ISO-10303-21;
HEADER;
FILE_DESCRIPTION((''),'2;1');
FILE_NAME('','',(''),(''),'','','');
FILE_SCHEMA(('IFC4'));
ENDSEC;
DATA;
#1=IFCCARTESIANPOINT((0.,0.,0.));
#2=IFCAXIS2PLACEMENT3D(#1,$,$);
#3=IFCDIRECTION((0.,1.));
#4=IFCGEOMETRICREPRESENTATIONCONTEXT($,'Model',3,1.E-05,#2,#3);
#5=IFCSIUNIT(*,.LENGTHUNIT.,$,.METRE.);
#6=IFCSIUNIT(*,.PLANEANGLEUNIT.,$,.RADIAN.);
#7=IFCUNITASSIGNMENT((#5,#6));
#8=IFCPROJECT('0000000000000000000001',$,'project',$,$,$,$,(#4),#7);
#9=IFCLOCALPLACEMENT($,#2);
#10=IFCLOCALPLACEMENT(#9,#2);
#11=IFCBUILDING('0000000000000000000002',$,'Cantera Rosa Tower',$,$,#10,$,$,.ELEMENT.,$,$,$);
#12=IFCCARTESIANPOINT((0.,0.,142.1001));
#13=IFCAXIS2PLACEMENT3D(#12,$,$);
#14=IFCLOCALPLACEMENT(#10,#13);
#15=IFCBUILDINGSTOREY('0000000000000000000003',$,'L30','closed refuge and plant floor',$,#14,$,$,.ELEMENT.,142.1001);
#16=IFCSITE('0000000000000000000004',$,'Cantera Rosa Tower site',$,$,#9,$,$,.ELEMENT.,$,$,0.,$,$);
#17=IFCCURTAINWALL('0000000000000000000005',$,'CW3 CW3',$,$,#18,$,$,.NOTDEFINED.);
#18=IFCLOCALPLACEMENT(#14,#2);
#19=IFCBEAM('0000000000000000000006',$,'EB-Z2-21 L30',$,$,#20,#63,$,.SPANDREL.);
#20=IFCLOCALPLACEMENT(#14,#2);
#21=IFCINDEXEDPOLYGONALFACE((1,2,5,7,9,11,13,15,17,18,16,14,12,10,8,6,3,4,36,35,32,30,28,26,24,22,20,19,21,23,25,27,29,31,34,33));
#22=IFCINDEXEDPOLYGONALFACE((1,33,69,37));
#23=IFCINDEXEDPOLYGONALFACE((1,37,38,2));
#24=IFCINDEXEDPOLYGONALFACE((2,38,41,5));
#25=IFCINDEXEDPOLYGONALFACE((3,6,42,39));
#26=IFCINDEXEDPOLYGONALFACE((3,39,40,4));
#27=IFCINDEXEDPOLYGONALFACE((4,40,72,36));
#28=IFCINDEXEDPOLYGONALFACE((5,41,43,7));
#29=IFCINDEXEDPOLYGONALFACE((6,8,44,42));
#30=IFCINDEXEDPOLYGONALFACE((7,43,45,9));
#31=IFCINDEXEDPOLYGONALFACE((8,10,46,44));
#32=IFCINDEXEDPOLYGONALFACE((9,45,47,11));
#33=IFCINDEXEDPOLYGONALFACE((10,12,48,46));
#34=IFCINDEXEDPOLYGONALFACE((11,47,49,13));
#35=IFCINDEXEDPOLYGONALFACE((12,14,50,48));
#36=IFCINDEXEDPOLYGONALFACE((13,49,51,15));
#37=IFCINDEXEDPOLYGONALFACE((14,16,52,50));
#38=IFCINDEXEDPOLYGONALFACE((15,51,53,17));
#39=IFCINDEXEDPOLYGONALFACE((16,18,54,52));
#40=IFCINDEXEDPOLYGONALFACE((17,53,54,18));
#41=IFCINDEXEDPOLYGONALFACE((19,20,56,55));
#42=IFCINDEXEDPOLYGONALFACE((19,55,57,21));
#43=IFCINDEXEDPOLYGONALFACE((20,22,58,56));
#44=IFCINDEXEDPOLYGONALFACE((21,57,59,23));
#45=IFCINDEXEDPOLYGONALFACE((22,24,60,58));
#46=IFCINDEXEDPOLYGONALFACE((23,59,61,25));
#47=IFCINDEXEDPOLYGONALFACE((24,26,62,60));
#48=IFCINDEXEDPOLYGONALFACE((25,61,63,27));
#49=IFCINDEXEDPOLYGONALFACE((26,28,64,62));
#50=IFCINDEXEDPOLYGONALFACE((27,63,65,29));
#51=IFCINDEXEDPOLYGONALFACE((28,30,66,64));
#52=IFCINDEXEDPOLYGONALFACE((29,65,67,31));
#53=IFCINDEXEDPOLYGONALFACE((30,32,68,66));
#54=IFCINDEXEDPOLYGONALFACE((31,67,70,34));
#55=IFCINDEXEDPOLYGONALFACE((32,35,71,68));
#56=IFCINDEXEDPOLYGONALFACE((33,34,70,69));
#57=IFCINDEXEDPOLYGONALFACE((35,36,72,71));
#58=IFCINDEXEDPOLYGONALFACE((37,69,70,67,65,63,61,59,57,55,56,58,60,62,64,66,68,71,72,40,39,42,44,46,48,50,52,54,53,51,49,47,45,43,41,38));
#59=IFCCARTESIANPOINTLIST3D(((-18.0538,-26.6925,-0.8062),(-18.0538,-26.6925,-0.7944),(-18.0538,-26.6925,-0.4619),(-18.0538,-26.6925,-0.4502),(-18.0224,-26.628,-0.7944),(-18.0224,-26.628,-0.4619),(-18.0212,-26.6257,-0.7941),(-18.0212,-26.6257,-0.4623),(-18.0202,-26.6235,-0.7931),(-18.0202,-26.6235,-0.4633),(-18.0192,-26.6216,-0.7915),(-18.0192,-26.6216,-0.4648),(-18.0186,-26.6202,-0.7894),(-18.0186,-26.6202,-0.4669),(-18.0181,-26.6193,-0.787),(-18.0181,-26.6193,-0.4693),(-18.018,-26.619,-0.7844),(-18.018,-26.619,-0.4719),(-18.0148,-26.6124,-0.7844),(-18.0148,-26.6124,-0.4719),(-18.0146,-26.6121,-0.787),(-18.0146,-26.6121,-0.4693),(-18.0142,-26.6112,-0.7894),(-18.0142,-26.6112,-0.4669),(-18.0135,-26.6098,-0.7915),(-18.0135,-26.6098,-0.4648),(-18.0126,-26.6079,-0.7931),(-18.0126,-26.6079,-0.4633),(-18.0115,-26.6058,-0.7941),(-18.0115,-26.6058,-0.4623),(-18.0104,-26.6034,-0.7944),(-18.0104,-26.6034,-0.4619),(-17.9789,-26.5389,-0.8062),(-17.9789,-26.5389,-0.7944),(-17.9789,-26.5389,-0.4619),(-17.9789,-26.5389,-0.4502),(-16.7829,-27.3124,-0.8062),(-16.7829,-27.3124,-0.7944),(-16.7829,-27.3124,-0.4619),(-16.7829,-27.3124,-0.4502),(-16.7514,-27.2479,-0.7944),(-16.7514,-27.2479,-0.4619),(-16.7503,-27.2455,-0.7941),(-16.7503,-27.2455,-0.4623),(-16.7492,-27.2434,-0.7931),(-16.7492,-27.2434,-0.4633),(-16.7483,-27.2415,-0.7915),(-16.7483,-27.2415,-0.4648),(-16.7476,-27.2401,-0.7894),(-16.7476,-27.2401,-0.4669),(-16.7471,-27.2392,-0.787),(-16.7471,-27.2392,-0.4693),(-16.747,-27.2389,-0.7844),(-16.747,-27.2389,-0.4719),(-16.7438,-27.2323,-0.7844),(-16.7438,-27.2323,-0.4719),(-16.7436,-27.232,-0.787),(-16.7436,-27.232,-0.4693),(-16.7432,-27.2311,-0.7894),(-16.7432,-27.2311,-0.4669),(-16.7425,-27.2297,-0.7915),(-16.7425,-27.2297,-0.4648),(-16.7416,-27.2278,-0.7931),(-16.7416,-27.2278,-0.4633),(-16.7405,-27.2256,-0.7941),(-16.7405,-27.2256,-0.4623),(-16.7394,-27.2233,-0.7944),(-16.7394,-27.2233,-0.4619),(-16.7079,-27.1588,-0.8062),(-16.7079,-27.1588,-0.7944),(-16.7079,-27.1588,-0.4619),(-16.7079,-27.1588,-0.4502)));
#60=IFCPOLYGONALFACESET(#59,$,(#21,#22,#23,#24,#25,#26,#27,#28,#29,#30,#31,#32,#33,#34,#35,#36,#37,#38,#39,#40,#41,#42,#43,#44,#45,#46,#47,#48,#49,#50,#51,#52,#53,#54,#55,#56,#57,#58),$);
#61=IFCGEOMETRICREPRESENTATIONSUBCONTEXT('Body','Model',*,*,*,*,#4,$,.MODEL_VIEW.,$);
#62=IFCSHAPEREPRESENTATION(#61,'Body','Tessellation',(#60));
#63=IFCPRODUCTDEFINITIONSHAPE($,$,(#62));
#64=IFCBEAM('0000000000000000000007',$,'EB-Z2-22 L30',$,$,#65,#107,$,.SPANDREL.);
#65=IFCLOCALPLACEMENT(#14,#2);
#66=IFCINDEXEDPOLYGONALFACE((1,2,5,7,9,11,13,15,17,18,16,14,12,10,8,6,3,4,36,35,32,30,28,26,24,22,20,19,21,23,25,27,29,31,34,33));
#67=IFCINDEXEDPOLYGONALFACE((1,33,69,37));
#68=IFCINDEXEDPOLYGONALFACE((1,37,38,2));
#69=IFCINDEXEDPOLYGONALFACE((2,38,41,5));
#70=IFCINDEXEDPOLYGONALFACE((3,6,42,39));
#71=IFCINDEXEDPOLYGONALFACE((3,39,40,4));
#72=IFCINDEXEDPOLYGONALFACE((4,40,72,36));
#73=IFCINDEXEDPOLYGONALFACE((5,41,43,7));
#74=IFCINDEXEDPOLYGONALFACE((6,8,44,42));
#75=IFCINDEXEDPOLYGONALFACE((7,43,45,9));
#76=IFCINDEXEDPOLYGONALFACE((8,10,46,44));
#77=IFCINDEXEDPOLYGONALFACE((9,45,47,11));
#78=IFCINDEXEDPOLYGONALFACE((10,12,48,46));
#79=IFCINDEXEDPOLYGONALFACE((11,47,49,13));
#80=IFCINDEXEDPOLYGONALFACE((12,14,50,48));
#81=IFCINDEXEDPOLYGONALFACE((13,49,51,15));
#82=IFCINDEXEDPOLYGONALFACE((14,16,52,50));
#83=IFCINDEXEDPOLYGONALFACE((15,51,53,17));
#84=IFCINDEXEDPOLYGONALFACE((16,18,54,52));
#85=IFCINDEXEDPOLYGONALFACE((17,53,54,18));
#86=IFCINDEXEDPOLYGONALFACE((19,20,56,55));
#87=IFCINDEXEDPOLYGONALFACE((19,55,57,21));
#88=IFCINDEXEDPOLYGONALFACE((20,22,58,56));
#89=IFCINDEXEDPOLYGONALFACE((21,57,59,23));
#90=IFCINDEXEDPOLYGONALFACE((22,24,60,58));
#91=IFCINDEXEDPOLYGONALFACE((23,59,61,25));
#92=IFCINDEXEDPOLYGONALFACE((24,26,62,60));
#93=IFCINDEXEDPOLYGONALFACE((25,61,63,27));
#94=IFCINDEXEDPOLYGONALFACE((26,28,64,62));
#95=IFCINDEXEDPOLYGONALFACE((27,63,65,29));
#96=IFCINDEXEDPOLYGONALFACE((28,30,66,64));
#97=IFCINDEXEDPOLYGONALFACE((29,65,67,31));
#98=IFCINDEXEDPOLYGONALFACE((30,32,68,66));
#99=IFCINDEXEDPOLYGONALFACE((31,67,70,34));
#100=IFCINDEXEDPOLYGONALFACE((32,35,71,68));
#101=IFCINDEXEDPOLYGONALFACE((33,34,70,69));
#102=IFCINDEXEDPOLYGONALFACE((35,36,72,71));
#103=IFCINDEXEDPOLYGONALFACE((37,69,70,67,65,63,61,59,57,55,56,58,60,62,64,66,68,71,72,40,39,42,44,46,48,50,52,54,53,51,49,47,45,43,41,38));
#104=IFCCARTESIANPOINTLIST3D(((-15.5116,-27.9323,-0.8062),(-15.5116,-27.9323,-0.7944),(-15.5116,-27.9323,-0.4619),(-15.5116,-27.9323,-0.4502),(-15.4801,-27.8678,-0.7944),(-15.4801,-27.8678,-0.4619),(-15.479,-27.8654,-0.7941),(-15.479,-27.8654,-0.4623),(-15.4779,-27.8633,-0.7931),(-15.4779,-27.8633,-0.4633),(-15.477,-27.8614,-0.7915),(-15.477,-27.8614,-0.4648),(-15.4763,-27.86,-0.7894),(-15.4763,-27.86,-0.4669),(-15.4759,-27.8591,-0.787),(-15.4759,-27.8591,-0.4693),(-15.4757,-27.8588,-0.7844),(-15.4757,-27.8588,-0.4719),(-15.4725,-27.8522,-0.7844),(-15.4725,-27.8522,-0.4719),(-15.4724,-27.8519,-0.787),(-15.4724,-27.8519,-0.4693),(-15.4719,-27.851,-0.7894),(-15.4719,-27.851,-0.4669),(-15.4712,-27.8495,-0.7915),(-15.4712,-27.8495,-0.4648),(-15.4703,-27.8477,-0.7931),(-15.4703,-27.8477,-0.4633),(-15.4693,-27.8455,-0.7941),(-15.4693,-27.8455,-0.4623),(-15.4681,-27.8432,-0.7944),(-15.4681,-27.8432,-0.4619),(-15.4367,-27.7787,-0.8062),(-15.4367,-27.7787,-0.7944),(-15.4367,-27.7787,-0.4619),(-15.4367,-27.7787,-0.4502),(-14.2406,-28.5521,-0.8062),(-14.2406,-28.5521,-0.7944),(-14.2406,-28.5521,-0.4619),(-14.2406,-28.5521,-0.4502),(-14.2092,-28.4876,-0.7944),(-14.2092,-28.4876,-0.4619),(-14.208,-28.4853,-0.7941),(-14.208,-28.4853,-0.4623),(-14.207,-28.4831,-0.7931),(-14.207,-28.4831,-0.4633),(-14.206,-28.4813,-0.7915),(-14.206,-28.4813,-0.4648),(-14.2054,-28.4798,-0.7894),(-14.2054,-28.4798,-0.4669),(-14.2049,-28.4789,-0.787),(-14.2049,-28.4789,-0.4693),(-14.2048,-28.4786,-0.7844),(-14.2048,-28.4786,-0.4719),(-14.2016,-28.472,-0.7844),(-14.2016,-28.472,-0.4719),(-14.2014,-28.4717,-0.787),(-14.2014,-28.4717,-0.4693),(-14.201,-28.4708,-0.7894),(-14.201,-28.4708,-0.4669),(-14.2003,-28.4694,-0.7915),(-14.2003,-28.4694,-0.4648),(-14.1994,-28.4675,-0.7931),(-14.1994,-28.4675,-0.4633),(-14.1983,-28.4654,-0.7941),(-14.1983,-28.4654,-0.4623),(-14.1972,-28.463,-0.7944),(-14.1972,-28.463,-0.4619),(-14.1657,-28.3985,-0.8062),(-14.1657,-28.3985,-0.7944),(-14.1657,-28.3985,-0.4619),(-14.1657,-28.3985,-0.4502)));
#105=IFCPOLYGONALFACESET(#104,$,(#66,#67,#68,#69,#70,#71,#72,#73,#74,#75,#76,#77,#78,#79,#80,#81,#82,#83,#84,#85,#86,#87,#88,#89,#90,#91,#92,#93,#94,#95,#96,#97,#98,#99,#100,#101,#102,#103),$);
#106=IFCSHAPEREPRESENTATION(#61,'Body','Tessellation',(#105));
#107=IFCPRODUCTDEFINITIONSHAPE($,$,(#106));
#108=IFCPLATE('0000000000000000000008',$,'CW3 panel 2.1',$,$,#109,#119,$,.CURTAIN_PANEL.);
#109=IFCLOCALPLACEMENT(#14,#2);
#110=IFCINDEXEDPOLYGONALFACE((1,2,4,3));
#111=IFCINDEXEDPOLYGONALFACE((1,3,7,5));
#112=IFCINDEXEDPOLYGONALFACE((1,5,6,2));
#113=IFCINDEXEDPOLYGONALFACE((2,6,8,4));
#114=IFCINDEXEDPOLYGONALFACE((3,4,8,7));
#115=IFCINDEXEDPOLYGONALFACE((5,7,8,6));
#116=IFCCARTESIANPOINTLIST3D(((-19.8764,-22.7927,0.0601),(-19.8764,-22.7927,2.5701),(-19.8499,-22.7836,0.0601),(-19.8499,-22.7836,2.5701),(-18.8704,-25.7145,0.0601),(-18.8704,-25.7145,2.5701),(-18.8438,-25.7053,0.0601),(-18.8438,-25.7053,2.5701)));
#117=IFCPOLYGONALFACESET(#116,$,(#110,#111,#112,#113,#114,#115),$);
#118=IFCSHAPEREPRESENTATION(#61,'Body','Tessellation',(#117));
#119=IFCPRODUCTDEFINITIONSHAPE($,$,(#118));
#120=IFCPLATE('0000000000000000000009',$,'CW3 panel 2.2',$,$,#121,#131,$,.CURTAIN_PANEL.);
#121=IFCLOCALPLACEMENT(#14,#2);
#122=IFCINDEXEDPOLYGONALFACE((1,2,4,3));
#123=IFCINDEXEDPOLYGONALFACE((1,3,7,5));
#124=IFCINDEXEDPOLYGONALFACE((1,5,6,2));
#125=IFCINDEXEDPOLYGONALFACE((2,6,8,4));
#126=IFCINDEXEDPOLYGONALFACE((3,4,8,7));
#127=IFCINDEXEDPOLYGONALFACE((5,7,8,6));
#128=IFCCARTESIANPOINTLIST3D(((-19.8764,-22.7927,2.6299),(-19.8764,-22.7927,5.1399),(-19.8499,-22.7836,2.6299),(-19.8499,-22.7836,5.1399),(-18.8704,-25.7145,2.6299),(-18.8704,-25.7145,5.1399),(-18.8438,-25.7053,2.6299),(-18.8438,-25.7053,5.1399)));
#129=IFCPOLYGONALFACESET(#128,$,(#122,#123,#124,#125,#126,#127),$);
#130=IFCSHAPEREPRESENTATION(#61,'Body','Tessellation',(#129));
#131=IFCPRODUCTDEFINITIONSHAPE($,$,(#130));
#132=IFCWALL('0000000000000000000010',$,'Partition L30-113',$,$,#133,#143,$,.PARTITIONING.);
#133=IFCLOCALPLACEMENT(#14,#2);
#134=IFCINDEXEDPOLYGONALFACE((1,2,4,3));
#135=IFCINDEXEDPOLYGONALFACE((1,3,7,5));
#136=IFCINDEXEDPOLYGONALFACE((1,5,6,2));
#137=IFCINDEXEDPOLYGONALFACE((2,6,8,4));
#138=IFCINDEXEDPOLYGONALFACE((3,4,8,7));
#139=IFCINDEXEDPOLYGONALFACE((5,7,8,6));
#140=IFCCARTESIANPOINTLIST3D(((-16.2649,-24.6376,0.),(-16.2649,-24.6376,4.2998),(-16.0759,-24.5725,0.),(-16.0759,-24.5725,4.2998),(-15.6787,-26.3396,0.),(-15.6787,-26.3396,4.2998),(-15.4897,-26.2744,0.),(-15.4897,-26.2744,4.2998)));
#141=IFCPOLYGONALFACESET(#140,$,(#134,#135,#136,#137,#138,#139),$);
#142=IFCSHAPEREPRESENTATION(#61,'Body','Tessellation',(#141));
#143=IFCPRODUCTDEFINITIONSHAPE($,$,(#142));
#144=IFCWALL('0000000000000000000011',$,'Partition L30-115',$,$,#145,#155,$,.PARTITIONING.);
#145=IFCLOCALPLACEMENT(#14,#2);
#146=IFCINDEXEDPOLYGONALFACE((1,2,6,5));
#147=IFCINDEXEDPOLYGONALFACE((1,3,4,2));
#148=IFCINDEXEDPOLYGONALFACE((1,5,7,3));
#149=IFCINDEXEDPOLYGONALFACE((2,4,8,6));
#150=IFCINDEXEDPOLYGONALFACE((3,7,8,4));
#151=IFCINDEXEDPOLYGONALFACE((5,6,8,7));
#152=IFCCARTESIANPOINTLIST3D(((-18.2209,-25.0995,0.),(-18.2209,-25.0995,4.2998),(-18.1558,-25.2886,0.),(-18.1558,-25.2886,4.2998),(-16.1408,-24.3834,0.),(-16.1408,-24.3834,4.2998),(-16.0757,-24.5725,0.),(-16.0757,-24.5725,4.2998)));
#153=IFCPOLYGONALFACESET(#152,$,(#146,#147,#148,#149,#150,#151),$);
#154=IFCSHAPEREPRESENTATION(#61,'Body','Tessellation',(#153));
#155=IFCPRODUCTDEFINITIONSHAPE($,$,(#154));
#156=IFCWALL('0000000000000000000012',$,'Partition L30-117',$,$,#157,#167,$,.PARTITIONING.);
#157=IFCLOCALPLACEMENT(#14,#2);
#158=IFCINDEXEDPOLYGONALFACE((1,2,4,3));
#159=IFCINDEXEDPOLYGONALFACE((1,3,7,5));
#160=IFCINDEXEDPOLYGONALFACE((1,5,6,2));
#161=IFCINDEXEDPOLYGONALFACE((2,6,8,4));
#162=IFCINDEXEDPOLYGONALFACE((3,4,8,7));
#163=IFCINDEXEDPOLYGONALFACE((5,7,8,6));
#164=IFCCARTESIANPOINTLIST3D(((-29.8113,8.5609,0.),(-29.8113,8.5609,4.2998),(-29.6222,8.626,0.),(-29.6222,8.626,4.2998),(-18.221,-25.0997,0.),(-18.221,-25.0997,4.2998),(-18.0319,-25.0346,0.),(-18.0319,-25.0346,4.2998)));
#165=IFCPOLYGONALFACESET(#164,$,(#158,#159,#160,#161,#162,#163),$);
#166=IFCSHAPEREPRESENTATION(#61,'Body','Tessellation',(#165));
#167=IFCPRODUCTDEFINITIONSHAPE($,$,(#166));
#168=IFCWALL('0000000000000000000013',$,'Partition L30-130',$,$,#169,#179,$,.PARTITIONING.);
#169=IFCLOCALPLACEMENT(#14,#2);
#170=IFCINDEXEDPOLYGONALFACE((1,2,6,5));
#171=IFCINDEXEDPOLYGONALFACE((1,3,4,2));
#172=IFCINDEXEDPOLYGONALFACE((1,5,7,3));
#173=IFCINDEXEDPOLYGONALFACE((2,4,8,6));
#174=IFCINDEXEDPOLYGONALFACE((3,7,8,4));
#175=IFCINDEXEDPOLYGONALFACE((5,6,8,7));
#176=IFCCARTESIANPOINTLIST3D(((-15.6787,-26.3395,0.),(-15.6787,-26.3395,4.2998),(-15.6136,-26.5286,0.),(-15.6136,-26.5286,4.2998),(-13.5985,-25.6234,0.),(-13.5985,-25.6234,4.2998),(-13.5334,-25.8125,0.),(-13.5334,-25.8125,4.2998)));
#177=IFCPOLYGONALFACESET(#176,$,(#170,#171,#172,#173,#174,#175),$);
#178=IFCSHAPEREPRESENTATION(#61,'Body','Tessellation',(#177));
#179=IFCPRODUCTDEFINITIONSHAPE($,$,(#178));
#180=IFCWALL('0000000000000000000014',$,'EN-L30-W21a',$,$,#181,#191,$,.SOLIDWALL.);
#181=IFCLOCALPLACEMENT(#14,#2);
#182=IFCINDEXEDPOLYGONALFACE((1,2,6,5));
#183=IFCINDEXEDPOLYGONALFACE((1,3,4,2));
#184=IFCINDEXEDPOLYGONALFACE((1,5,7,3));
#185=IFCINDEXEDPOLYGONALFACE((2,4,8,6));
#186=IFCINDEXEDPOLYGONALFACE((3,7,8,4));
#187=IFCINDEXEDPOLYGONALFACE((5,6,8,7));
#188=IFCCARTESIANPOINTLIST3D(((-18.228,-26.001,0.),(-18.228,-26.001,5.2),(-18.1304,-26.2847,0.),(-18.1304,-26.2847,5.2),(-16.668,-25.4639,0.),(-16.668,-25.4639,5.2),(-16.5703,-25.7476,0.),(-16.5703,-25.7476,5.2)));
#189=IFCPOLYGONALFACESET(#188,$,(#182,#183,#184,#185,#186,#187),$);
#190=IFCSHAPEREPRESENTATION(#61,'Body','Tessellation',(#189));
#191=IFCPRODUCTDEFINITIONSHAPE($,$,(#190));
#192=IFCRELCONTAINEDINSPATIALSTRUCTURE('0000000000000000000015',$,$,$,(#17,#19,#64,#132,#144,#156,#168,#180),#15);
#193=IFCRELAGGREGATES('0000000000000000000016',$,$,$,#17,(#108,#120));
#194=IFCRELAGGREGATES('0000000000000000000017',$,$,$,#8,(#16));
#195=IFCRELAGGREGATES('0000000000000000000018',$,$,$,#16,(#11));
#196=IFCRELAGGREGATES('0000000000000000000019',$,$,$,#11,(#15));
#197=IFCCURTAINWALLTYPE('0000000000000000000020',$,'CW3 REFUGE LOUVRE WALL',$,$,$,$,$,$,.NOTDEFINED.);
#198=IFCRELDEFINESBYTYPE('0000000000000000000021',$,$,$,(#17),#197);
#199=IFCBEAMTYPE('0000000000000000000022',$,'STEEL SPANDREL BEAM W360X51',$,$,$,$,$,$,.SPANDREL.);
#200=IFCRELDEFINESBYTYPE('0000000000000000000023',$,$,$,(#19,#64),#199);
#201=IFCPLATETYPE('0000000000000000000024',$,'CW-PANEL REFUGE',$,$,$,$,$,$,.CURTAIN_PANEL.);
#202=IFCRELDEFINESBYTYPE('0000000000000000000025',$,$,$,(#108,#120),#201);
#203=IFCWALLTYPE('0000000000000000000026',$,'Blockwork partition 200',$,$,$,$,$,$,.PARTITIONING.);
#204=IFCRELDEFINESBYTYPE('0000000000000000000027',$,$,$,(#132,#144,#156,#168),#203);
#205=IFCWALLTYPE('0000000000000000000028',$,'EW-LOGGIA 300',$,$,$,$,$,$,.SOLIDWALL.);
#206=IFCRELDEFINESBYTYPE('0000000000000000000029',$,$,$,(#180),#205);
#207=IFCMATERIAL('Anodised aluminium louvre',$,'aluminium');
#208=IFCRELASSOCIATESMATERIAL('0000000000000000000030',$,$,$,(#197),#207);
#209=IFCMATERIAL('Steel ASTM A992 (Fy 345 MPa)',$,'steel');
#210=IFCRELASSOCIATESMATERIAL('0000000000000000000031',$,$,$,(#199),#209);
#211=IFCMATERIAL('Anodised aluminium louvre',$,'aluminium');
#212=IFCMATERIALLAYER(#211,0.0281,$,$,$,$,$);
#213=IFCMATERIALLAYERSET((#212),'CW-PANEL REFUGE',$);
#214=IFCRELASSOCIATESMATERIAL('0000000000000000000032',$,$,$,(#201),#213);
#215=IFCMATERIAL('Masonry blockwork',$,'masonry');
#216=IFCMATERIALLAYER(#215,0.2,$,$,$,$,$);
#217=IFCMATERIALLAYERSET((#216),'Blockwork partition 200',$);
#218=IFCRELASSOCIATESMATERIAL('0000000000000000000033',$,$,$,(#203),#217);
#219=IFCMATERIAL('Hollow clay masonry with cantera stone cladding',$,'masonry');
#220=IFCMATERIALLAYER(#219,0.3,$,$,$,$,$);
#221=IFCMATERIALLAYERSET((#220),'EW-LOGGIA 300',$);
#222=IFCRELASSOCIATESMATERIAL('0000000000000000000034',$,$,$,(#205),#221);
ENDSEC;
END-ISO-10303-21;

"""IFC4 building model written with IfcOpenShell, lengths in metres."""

from ifc_helpers import new_model, si_unit, direction, frame, frame_2d, origin, origin_2d, place, context, subcontext, project, spatial, rectangle, i_section, extrude, material, layer, layer_set, material_profile, profile_set, type_object, element, aggregate, save


model = new_model("IFC4")

# Units and contexts
model_context = context("Model", 3, precision=1e-05, world=origin(), true_north=direction((0.0, 1.0)))
body_context = subcontext(model_context, "Body", "Model", "MODEL_VIEW")
ifc_project = project(units=[si_unit("LENGTHUNIT", "METRE"), si_unit("PLANEANGLEUNIT", "RADIAN")], contexts=[model_context])

# Site, building, storey
site_placement = place(None, origin())
site = spatial("IfcSite", under=ifc_project, at=site_placement, Name="Cantera Rosa Tower site", CompositionType="ELEMENT", RefElevation=0.0)
building_placement = place(site_placement, origin())
building = spatial("IfcBuilding", under=site, at=building_placement, Name="Cantera Rosa Tower", CompositionType="ELEMENT")
storey_placement = place(building_placement, frame((0.0, 0.0, 142.1001)))
storey = spatial("IfcBuildingStorey", under=building, at=storey_placement, Name="L30", Description="closed refuge and plant floor", CompositionType="ELEMENT", Elevation=142.1001)

# Curtain wall
ifc_material_1 = material(Name="Anodised aluminium louvre", Category="aluminium")
curtain_wall_type = type_object("IfcCurtainWallType", Name="CW3 REFUGE LOUVRE WALL", PredefinedType="NOTDEFINED", material=ifc_material_1)
curtain_wall_placement = place(storey_placement, origin())
curtain_wall = element("IfcCurtainWall", 1, at=curtain_wall_placement, inside=storey, type_object=curtain_wall_type, Name="CW3 CW3", PredefinedType="NOTDEFINED")

# Beams
ifc_material_2 = material(Name="Steel ASTM A992 (Fy 345 MPa)", Category="steel")
ifc_material_profile_1 = material_profile(ifc_material_2, i_section(OverallWidth=0.1709, OverallDepth=0.356, WebThickness=0.0073, FlangeThickness=0.0117, FilletRadius=0.01, at=origin_2d()), Name="W360X51")
ifc_profile_set_1 = profile_set([ifc_material_profile_1], Name="Steel ASTM A992 (Fy 345 MPa)")
beam_type_1 = type_object("IfcBeamType", Name="STEEL SPANDREL BEAM W360X51", PredefinedType="SPANDREL", material=ifc_profile_set_1)
for number, where, z_axis, x_axis, name in (
    (2, (-18.0164, -26.6157, -0.6282), (0.898803, -0.438352, 0.0), (0.438352, 0.898803, 0.0), "EB-Z2-21 L30"),
    (3, (-15.4741, -27.8555, -0.6282), (0.898803, -0.438352, 0.0), (0.438352, 0.898803, 0.0), "EB-Z2-22 L30"),
):
    element("IfcBeam", number, at=place(storey_placement, frame(where, z_axis=z_axis, x_axis=x_axis)), inside=storey, type_object=beam_type_1, Name=name, PredefinedType="SPANDREL", context=body_context, shape_type="SweptSolid", body=[
        extrude(i_section(OverallWidth=0.1709, OverallDepth=0.356, WebThickness=0.0073, FlangeThickness=0.0117, FilletRadius=0.01, at=origin_2d()), origin(), (0.0, 0.0, 1.0), 1.4141),
    ])

# Plates
ifc_material_3 = material(Name="Anodised aluminium louvre", Category="aluminium")
ifc_layer_1 = layer(ifc_material_3, 0.0281)
ifc_layer_set_1 = layer_set([ifc_layer_1], Name="CW-PANEL REFUGE")
plate_type = type_object("IfcPlateType", Name="CW-PANEL REFUGE", PredefinedType="CURTAIN_PANEL", material=ifc_layer_set_1)
plate_1_placement = place(storey_placement, frame((-19.3601, -24.249, 0.0601), z_axis=(0.0, 0.0, 1.0), x_axis=(0.325568, -0.945519, 0.0)))
plate_1 = element("IfcPlate", 4, at=plate_1_placement, type_object=plate_type, Name="CW3 panel 2.1", PredefinedType="CURTAIN_PANEL", context=body_context, shape_type="SweptSolid", body=[
    extrude(rectangle(XDim=3.0901, YDim=0.0281, at=origin_2d()), origin(), (0.0, 0.0, 1.0), 2.51),
])
plate_2_placement = place(storey_placement, frame((-19.3601, -24.249, 2.6299), z_axis=(0.0, 0.0, 1.0), x_axis=(0.325568, -0.945519, 0.0)))
plate_2 = element("IfcPlate", 5, at=plate_2_placement, type_object=plate_type, Name="CW3 panel 2.2", PredefinedType="CURTAIN_PANEL", context=body_context, shape_type="SweptSolid", body=[
    extrude(rectangle(XDim=3.0901, YDim=0.0281, at=origin_2d()), origin(), (0.0, 0.0, 1.0), 2.51),
])
aggregate(curtain_wall, [plate_1, plate_2])

# Walls
ifc_material_4 = material(Name="Masonry blockwork", Category="masonry")
ifc_layer_2 = layer(ifc_material_4, 0.2)
ifc_layer_set_2 = layer_set([ifc_layer_2], Name="Blockwork partition 200")
wall_type_1 = type_object("IfcWallType", Name="Blockwork partition 200", PredefinedType="PARTITIONING", material=ifc_layer_set_2)
wall_1_placement = place(storey_placement, frame((-15.5842, -26.3069, 0.0), z_axis=(0.0, 0.0, 1.0), x_axis=(-0.325652, 0.94549, 0.0)))
element("IfcWall", 6, at=wall_1_placement, inside=storey, type_object=wall_type_1, Name="Partition L30-113", PredefinedType="PARTITIONING", context=body_context, shape_type="SweptSolid", body=[
    extrude(rectangle(XDim=1.8, YDim=0.2, at=frame_2d((0.8999, 0.0))), origin(), (0.0, 0.0, 1.0), 4.2998),
])
wall_2_placement = place(storey_placement, frame((-18.1885, -25.1941, 0.0), z_axis=(0.0, 0.0, 1.0), x_axis=(0.945542, 0.325502, 0.0)))
element("IfcWall", 7, at=wall_2_placement, inside=storey, type_object=wall_type_1, Name="Partition L30-115", PredefinedType="PARTITIONING", context=body_context, shape_type="SweptSolid", body=[
    extrude(rectangle(XDim=2.2, YDim=0.2, at=frame_2d((1.1001, 0.0))), origin(), (0.0, 0.0, 1.0), 4.2998),
])
wall_3_placement = place(storey_placement, frame((-18.1265, -25.0671, 0.0), z_axis=(0.0, 0.0, 1.0), x_axis=(-0.325569, 0.945518, 0.0)))
element("IfcWall", 8, at=wall_3_placement, inside=storey, type_object=wall_type_1, Name="Partition L30-117", PredefinedType="PARTITIONING", context=body_context, shape_type="SweptSolid", body=[
    extrude(rectangle(XDim=35.6001, YDim=0.2, at=frame_2d((17.8, 0.0))), origin(), (0.0, 0.0, 1.0), 4.2998),
])
wall_4_placement = place(storey_placement, frame((-15.6462, -26.4341, 0.0), z_axis=(0.0, 0.0, 1.0), x_axis=(0.945542, 0.325502, 0.0)))
element("IfcWall", 9, at=wall_4_placement, inside=storey, type_object=wall_type_1, Name="Partition L30-130", PredefinedType="PARTITIONING", context=body_context, shape_type="SweptSolid", body=[
    extrude(rectangle(XDim=2.2, YDim=0.2, at=frame_2d((1.1001, 0.0))), origin(), (0.0, 0.0, 1.0), 4.2998),
])
ifc_material_5 = material(Name="Hollow clay masonry with cantera stone cladding", Category="masonry")
ifc_layer_3 = layer(ifc_material_5, 0.3)
ifc_layer_set_3 = layer_set([ifc_layer_3], Name="EW-LOGGIA 300")
wall_type_2 = type_object("IfcWallType", Name="EW-LOGGIA 300", PredefinedType="SOLIDWALL", material=ifc_layer_set_3)
wall_5_placement = place(storey_placement, frame((-18.1792, -26.1428, 0.0), z_axis=(0.0, 0.0, 1.0), x_axis=(0.94553, 0.325535, 0.0)))
element("IfcWall", 10, at=wall_5_placement, inside=storey, type_object=wall_type_2, Name="EN-L30-W21a", PredefinedType="SOLIDWALL", context=body_context, shape_type="SweptSolid", body=[
    extrude(rectangle(XDim=1.6499, YDim=0.3, at=frame_2d((0.825, 0.0))), origin(), (0.0, 0.0, 1.0), 5.2),
])

save(model, "model.ifc")
